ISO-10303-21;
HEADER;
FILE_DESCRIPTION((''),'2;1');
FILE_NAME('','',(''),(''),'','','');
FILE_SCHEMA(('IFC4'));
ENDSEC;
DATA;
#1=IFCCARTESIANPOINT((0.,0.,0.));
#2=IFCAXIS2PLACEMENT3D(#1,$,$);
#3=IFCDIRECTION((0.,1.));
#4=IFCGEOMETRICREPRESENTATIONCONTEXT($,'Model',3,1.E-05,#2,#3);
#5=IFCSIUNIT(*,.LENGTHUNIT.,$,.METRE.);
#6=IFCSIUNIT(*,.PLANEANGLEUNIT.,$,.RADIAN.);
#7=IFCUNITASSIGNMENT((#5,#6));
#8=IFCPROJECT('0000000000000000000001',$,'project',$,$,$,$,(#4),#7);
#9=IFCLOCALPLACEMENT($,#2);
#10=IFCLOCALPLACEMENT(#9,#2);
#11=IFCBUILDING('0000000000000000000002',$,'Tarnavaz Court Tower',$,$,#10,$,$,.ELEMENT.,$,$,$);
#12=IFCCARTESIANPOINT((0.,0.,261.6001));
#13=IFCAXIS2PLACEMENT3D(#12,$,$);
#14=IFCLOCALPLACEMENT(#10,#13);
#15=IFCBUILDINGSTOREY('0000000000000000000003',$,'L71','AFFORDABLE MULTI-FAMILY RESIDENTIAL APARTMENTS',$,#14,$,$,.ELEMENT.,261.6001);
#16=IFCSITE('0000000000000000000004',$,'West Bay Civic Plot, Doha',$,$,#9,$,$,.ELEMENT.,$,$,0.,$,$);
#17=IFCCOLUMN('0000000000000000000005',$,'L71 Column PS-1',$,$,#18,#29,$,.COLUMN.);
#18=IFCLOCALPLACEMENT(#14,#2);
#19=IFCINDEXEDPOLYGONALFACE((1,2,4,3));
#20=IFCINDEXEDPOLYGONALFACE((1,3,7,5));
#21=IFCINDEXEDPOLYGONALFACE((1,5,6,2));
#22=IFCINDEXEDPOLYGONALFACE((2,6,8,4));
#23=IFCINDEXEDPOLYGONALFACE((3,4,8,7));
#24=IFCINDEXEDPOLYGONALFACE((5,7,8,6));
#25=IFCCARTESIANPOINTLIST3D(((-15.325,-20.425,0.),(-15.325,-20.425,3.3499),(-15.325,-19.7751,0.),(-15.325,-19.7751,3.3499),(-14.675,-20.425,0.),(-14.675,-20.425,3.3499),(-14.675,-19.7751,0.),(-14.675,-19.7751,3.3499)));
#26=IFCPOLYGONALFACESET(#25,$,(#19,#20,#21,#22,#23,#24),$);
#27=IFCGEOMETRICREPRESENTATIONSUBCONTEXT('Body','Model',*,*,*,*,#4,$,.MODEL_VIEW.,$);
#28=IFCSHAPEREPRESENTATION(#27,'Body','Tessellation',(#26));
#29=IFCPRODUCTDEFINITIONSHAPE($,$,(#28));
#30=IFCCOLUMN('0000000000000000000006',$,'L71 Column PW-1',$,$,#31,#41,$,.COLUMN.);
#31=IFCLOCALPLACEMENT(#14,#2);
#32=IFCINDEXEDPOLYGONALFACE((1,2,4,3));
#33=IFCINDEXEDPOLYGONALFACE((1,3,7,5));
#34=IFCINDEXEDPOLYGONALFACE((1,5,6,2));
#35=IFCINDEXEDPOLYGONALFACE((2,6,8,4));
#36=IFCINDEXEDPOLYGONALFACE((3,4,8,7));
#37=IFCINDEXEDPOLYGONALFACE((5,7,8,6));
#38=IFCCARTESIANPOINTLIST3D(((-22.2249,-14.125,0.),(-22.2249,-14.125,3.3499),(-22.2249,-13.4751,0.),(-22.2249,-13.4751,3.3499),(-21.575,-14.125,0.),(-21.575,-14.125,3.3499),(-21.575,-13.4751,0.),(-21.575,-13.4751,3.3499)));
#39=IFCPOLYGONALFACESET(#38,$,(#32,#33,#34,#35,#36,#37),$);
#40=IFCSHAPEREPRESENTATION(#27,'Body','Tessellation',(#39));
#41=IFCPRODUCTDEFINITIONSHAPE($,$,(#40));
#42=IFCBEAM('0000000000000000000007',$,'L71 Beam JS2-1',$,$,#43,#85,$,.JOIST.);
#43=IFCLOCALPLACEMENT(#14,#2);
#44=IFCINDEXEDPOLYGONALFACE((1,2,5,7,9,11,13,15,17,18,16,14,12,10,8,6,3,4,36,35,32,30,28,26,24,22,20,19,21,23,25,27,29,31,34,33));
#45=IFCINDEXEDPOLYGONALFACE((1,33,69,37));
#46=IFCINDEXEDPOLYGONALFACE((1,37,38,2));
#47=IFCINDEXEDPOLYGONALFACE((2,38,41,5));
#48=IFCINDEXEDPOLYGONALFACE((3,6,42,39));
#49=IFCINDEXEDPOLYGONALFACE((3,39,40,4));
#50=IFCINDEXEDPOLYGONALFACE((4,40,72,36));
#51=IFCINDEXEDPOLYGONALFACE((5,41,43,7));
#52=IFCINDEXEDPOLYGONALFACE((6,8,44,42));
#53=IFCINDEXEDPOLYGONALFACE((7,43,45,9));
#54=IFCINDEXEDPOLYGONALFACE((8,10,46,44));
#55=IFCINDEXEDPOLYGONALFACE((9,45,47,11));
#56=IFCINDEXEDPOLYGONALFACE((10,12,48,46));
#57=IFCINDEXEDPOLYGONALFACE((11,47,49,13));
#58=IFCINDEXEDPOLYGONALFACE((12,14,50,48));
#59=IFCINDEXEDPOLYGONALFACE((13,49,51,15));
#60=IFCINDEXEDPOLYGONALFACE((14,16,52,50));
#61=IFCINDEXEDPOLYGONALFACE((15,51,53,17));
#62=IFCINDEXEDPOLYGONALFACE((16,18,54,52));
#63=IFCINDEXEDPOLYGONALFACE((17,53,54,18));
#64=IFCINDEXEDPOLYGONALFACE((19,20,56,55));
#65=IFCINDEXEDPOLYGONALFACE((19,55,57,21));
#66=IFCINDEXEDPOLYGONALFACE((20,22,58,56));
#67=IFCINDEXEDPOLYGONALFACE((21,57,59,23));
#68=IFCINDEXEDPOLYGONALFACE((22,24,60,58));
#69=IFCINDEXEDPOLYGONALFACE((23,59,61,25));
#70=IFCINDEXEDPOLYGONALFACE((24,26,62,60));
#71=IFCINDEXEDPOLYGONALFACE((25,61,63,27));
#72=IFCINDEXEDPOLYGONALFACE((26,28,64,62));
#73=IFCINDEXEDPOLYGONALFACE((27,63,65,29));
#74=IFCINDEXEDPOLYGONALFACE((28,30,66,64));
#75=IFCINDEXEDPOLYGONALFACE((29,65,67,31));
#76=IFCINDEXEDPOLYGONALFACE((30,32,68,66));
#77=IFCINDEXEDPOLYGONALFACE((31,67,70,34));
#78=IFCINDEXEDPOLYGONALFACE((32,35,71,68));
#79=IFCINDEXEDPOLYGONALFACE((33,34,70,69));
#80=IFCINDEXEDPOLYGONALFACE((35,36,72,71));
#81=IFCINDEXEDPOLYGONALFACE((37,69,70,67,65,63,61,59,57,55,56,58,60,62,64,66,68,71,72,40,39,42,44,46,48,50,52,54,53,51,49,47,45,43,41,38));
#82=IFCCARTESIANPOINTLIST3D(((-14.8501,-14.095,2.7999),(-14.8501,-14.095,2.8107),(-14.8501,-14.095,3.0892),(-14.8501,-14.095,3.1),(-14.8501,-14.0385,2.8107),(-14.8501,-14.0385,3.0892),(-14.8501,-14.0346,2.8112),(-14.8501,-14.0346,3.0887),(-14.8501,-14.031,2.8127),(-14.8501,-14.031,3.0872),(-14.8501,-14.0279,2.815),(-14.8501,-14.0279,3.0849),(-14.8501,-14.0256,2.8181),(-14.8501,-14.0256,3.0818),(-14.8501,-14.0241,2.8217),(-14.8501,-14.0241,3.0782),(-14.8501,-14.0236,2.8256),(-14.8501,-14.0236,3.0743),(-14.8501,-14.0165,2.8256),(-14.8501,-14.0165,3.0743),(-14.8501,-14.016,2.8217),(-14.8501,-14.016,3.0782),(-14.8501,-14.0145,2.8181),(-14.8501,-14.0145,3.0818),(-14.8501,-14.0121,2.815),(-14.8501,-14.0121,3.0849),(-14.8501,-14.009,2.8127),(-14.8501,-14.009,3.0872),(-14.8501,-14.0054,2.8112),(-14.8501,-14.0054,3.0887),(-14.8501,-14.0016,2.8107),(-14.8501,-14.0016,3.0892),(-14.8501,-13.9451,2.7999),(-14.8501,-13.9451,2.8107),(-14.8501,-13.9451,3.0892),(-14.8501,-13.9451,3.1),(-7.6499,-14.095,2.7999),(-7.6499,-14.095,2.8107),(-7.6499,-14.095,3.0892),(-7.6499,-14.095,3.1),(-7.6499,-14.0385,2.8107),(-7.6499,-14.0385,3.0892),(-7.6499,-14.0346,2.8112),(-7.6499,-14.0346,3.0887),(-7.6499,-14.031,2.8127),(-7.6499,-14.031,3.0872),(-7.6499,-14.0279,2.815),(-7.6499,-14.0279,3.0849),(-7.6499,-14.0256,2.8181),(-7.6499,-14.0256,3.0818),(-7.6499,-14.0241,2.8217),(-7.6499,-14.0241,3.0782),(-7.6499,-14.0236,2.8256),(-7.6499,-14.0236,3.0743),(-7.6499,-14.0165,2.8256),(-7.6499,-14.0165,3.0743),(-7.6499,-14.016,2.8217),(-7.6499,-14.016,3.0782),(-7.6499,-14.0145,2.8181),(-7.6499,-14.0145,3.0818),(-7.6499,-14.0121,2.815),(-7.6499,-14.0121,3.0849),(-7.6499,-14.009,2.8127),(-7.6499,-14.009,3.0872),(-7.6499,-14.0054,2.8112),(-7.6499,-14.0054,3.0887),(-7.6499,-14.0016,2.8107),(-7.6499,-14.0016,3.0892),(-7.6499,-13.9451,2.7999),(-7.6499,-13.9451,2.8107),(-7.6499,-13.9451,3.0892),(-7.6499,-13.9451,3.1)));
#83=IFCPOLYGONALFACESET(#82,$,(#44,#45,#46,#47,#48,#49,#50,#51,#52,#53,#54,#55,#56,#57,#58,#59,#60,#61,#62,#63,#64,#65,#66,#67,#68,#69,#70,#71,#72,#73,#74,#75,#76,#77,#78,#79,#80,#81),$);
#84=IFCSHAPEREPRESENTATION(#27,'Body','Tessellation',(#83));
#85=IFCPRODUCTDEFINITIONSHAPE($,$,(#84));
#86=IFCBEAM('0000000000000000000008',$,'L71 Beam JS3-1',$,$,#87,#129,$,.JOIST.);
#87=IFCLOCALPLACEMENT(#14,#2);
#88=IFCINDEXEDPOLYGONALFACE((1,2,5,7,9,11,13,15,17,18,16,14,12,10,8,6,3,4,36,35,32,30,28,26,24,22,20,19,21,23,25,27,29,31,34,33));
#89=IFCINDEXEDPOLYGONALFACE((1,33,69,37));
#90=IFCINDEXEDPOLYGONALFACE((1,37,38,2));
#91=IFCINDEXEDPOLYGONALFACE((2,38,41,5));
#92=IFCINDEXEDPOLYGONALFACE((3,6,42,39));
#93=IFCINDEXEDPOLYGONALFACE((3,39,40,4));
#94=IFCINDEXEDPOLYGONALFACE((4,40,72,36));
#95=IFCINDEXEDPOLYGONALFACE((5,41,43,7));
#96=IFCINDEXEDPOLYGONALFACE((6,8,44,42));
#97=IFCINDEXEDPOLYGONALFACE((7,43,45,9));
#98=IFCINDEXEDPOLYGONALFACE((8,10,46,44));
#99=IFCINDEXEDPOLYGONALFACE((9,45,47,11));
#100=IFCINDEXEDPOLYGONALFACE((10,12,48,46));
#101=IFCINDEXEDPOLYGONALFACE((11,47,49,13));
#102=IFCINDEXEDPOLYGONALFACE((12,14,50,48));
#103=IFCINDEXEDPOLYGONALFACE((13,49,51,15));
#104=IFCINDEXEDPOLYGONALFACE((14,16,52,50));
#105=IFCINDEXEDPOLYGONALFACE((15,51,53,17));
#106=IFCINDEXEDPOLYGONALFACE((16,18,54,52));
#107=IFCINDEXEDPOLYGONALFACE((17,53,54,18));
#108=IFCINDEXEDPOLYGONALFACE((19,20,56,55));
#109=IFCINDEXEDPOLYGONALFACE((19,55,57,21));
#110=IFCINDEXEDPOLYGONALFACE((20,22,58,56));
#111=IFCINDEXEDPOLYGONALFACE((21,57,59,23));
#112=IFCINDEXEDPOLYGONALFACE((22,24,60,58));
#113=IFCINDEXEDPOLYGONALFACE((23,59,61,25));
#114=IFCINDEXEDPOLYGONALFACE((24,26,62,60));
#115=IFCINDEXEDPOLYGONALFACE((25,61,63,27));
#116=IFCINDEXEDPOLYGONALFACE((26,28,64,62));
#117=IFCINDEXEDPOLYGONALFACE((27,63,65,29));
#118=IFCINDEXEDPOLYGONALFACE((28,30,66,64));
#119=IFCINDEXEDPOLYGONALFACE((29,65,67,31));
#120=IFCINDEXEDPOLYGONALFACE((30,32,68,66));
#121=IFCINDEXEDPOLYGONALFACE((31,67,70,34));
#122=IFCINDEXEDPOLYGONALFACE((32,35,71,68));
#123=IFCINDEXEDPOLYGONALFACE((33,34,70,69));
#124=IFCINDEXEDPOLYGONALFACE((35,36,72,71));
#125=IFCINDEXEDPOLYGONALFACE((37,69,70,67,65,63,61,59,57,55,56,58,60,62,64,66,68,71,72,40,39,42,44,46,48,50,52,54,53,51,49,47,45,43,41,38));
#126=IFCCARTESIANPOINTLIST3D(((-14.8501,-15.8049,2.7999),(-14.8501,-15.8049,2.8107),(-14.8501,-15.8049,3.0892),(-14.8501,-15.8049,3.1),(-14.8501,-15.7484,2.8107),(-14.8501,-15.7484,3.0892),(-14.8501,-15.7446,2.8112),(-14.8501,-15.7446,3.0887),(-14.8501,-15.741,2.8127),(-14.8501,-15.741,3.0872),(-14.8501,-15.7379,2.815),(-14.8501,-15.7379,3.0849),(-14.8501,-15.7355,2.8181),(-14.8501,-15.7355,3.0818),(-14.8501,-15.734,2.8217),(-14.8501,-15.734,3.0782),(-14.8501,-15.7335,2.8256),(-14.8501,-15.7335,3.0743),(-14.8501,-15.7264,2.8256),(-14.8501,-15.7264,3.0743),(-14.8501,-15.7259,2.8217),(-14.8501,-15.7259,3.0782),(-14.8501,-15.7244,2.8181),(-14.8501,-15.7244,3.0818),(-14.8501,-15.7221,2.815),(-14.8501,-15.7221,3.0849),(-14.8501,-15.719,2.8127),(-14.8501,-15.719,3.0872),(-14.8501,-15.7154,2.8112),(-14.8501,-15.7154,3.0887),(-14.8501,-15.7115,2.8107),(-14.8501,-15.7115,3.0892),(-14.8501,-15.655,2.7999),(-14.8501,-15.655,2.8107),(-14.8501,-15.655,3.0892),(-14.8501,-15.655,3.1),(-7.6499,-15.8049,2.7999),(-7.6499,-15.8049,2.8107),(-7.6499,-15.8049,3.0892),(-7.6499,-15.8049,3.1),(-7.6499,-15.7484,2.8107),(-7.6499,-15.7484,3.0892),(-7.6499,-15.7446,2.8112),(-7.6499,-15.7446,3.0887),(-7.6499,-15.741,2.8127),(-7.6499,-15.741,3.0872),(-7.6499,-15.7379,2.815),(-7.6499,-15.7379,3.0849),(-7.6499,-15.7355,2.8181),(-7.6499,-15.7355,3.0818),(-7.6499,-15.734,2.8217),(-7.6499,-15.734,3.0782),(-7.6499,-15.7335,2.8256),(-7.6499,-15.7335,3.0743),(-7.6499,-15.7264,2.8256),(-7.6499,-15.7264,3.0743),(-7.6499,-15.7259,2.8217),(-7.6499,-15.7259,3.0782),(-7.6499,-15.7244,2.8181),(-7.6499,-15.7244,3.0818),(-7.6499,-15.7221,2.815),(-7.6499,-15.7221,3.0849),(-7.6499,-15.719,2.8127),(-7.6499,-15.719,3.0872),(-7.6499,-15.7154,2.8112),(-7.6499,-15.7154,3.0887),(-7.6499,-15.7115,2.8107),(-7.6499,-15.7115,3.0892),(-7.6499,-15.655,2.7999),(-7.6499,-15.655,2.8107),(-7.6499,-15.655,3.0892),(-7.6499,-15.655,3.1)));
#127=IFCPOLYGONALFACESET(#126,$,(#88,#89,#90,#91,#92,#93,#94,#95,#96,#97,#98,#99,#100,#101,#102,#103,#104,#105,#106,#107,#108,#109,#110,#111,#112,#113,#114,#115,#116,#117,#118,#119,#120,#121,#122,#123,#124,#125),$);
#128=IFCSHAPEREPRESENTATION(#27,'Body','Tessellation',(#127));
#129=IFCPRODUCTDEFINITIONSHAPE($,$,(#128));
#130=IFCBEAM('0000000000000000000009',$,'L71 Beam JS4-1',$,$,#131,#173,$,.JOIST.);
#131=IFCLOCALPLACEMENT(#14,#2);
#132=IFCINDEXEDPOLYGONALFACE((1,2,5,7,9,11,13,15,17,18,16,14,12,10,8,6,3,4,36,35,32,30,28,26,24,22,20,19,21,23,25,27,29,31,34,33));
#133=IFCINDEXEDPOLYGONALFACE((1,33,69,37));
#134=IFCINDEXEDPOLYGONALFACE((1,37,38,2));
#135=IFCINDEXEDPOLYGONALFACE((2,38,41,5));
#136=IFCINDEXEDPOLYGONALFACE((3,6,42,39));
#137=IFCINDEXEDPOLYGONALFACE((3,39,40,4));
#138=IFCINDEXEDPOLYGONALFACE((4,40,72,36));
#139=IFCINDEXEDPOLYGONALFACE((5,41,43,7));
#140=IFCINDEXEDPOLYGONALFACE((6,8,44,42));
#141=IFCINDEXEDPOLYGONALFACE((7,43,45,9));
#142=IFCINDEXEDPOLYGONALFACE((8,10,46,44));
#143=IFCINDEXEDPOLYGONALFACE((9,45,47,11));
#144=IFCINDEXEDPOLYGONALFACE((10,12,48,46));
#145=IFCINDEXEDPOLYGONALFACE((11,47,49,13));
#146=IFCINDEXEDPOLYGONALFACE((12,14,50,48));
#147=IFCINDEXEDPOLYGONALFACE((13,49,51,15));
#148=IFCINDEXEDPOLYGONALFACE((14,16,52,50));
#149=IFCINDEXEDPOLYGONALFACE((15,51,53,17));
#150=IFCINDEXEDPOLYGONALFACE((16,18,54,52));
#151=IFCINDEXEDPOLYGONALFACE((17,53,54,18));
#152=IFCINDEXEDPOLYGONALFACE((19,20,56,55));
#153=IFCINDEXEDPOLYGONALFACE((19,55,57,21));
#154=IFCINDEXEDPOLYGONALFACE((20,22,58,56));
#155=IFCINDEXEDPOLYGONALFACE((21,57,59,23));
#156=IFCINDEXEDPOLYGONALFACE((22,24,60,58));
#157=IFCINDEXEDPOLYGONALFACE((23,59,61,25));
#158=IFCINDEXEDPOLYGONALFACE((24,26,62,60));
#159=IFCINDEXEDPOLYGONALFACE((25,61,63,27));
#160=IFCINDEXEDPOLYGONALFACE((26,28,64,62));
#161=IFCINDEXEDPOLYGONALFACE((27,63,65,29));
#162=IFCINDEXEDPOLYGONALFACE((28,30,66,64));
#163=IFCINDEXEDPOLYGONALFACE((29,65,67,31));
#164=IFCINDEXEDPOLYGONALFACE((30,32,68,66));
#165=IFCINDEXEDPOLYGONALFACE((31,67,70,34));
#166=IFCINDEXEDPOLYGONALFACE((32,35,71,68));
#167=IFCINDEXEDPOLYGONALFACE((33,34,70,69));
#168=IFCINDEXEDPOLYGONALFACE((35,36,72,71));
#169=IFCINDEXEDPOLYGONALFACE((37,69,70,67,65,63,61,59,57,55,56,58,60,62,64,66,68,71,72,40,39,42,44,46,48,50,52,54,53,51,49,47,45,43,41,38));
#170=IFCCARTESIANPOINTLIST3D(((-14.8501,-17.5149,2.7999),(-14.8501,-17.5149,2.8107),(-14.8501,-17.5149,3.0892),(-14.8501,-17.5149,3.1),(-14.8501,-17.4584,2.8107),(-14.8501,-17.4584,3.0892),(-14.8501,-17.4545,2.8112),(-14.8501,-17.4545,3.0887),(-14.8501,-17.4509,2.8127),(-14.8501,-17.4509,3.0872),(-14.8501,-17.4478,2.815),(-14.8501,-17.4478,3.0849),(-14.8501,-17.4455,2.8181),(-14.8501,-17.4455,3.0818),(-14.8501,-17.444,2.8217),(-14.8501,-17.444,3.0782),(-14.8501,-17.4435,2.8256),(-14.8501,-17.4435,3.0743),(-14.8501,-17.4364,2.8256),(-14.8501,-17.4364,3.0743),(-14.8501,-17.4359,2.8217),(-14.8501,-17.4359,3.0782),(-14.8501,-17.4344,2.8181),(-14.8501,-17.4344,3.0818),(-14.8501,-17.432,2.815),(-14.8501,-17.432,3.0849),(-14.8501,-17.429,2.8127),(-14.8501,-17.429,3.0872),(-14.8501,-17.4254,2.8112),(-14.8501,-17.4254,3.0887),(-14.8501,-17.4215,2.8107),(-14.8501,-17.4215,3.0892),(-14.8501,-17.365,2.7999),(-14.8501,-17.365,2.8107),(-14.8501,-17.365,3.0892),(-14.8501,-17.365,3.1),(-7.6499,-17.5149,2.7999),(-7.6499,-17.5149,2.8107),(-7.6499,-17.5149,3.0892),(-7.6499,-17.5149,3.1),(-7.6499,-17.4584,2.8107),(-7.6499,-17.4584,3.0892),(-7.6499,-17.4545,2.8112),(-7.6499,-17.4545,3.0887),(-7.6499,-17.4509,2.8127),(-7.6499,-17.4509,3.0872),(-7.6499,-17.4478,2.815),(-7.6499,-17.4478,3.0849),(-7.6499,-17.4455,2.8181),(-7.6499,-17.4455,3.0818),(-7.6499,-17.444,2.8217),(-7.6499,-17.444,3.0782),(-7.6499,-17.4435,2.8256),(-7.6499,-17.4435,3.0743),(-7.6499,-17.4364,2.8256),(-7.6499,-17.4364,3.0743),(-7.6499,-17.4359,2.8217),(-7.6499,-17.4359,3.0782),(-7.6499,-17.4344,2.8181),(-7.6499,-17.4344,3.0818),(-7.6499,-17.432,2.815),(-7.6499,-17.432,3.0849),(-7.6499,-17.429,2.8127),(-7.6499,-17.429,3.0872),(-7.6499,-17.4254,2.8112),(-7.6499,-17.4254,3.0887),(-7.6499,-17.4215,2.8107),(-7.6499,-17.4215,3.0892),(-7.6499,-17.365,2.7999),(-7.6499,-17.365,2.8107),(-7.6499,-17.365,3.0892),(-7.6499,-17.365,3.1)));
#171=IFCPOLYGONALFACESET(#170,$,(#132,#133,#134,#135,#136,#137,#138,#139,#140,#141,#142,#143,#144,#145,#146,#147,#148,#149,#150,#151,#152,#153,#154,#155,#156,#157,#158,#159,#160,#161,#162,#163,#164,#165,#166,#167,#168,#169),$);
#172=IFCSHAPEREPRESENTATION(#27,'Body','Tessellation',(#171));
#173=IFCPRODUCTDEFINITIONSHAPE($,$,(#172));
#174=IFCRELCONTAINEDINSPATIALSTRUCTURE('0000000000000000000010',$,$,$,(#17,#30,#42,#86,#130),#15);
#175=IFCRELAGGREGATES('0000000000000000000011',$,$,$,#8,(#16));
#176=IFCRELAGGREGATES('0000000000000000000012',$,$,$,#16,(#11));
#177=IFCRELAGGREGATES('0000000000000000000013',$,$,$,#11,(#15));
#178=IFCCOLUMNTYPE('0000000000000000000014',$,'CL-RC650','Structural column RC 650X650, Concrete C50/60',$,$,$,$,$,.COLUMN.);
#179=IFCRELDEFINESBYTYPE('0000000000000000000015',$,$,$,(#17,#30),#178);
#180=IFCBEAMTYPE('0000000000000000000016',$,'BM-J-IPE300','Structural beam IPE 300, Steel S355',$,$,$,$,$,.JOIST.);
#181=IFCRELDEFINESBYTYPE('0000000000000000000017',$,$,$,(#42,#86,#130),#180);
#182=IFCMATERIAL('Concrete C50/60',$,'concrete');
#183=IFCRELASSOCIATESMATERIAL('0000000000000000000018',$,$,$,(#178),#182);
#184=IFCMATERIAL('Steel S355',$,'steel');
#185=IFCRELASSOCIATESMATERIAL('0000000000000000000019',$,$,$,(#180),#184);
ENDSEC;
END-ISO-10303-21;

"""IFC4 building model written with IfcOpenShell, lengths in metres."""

from ifc_helpers import new_model, si_unit, direction, frame, origin, origin_2d, place, context, subcontext, project, spatial, rectangle, i_section, extrude, material, material_profile, profile_set, type_object, element, save


model = new_model("IFC4")

# Units and contexts
model_context = context("Model", 3, precision=1e-05, world=origin(), true_north=direction((0.0, 1.0)))
body_context = subcontext(model_context, "Body", "Model", "MODEL_VIEW")
ifc_project = project(units=[si_unit("LENGTHUNIT", "METRE"), si_unit("PLANEANGLEUNIT", "RADIAN")], contexts=[model_context])

# Site, building, storey
site_placement = place(None, origin())
site = spatial("IfcSite", under=ifc_project, at=site_placement, Name="West Bay Civic Plot, Doha", CompositionType="ELEMENT", RefElevation=0.0)
building_placement = place(site_placement, origin())
building = spatial("IfcBuilding", under=site, at=building_placement, Name="Tarnavaz Court Tower", CompositionType="ELEMENT")
storey_placement = place(building_placement, frame((0.0, 0.0, 261.6001)))
storey = spatial("IfcBuildingStorey", under=building, at=storey_placement, Name="L71", Description="AFFORDABLE MULTI-FAMILY RESIDENTIAL APARTMENTS", CompositionType="ELEMENT", Elevation=261.6001)

# Columns
ifc_material_1 = material(Name="Concrete C50/60", Category="concrete")
ifc_material_profile_1 = material_profile(ifc_material_1, rectangle(XDim=0.6499, YDim=0.6499, at=origin_2d()), Name="RC 650X650")
ifc_profile_set_1 = profile_set([ifc_material_profile_1], Name="Concrete C50/60")
column_type = type_object("IfcColumnType", Name="CL-RC650", Description="Structural column RC 650X650, Concrete C50/60", PredefinedType="COLUMN", material=ifc_profile_set_1)
for number, where, z_axis, x_axis, name in (
    (1, (-15.0, -20.1001, 0.0), (0.0, 0.0, 1.0), (1.0, 0.0, 0.0), "L71 Column PS-1"),
    (2, (-21.8999, -13.8, 0.0), (0.0, 0.0, 1.0), (1.0, 0.0, 0.0), "L71 Column PW-1"),
):
    element("IfcColumn", number, at=place(storey_placement, frame(where, z_axis=z_axis, x_axis=x_axis)), inside=storey, type_object=column_type, Name=name, PredefinedType="COLUMN", context=body_context, shape_type="SweptSolid", body=[
        extrude(rectangle(XDim=0.6499, YDim=0.6499, at=origin_2d()), origin(), (0.0, 0.0, 1.0), 3.3499),
    ])

# Beams
ifc_material_2 = material(Name="Steel S355", Category="steel")
ifc_material_profile_2 = material_profile(ifc_material_2, i_section(OverallWidth=0.1499, OverallDepth=0.3, WebThickness=0.0071, FlangeThickness=0.0107, FilletRadius=0.0149, at=origin_2d()), Name="IPE 300")
ifc_profile_set_2 = profile_set([ifc_material_profile_2], Name="Steel S355")
beam_type_1 = type_object("IfcBeamType", Name="BM-J-IPE300", Description="Structural beam IPE 300, Steel S355", PredefinedType="JOIST", material=ifc_profile_set_2)
for number, where, z_axis, x_axis, name in (
    (3, (-14.8501, -14.02, 2.95), (1.0, 0.0, 0.0), (0.0, 1.0, 0.0), "L71 Beam JS2-1"),
    (4, (-14.8501, -15.73, 2.95), (1.0, 0.0, 0.0), (0.0, 1.0, 0.0), "L71 Beam JS3-1"),
    (5, (-14.8501, -17.4399, 2.95), (1.0, 0.0, 0.0), (0.0, 1.0, 0.0), "L71 Beam JS4-1"),
):
    element("IfcBeam", number, at=place(storey_placement, frame(where, z_axis=z_axis, x_axis=x_axis)), inside=storey, type_object=beam_type_1, Name=name, PredefinedType="JOIST", context=body_context, shape_type="SweptSolid", body=[
        extrude(i_section(OverallWidth=0.1499, OverallDepth=0.3, WebThickness=0.0071, FlangeThickness=0.0107, FilletRadius=0.0149, at=origin_2d()), origin(), (0.0, 0.0, 1.0), 7.2002),
    ])

save(model, "model.ifc")
